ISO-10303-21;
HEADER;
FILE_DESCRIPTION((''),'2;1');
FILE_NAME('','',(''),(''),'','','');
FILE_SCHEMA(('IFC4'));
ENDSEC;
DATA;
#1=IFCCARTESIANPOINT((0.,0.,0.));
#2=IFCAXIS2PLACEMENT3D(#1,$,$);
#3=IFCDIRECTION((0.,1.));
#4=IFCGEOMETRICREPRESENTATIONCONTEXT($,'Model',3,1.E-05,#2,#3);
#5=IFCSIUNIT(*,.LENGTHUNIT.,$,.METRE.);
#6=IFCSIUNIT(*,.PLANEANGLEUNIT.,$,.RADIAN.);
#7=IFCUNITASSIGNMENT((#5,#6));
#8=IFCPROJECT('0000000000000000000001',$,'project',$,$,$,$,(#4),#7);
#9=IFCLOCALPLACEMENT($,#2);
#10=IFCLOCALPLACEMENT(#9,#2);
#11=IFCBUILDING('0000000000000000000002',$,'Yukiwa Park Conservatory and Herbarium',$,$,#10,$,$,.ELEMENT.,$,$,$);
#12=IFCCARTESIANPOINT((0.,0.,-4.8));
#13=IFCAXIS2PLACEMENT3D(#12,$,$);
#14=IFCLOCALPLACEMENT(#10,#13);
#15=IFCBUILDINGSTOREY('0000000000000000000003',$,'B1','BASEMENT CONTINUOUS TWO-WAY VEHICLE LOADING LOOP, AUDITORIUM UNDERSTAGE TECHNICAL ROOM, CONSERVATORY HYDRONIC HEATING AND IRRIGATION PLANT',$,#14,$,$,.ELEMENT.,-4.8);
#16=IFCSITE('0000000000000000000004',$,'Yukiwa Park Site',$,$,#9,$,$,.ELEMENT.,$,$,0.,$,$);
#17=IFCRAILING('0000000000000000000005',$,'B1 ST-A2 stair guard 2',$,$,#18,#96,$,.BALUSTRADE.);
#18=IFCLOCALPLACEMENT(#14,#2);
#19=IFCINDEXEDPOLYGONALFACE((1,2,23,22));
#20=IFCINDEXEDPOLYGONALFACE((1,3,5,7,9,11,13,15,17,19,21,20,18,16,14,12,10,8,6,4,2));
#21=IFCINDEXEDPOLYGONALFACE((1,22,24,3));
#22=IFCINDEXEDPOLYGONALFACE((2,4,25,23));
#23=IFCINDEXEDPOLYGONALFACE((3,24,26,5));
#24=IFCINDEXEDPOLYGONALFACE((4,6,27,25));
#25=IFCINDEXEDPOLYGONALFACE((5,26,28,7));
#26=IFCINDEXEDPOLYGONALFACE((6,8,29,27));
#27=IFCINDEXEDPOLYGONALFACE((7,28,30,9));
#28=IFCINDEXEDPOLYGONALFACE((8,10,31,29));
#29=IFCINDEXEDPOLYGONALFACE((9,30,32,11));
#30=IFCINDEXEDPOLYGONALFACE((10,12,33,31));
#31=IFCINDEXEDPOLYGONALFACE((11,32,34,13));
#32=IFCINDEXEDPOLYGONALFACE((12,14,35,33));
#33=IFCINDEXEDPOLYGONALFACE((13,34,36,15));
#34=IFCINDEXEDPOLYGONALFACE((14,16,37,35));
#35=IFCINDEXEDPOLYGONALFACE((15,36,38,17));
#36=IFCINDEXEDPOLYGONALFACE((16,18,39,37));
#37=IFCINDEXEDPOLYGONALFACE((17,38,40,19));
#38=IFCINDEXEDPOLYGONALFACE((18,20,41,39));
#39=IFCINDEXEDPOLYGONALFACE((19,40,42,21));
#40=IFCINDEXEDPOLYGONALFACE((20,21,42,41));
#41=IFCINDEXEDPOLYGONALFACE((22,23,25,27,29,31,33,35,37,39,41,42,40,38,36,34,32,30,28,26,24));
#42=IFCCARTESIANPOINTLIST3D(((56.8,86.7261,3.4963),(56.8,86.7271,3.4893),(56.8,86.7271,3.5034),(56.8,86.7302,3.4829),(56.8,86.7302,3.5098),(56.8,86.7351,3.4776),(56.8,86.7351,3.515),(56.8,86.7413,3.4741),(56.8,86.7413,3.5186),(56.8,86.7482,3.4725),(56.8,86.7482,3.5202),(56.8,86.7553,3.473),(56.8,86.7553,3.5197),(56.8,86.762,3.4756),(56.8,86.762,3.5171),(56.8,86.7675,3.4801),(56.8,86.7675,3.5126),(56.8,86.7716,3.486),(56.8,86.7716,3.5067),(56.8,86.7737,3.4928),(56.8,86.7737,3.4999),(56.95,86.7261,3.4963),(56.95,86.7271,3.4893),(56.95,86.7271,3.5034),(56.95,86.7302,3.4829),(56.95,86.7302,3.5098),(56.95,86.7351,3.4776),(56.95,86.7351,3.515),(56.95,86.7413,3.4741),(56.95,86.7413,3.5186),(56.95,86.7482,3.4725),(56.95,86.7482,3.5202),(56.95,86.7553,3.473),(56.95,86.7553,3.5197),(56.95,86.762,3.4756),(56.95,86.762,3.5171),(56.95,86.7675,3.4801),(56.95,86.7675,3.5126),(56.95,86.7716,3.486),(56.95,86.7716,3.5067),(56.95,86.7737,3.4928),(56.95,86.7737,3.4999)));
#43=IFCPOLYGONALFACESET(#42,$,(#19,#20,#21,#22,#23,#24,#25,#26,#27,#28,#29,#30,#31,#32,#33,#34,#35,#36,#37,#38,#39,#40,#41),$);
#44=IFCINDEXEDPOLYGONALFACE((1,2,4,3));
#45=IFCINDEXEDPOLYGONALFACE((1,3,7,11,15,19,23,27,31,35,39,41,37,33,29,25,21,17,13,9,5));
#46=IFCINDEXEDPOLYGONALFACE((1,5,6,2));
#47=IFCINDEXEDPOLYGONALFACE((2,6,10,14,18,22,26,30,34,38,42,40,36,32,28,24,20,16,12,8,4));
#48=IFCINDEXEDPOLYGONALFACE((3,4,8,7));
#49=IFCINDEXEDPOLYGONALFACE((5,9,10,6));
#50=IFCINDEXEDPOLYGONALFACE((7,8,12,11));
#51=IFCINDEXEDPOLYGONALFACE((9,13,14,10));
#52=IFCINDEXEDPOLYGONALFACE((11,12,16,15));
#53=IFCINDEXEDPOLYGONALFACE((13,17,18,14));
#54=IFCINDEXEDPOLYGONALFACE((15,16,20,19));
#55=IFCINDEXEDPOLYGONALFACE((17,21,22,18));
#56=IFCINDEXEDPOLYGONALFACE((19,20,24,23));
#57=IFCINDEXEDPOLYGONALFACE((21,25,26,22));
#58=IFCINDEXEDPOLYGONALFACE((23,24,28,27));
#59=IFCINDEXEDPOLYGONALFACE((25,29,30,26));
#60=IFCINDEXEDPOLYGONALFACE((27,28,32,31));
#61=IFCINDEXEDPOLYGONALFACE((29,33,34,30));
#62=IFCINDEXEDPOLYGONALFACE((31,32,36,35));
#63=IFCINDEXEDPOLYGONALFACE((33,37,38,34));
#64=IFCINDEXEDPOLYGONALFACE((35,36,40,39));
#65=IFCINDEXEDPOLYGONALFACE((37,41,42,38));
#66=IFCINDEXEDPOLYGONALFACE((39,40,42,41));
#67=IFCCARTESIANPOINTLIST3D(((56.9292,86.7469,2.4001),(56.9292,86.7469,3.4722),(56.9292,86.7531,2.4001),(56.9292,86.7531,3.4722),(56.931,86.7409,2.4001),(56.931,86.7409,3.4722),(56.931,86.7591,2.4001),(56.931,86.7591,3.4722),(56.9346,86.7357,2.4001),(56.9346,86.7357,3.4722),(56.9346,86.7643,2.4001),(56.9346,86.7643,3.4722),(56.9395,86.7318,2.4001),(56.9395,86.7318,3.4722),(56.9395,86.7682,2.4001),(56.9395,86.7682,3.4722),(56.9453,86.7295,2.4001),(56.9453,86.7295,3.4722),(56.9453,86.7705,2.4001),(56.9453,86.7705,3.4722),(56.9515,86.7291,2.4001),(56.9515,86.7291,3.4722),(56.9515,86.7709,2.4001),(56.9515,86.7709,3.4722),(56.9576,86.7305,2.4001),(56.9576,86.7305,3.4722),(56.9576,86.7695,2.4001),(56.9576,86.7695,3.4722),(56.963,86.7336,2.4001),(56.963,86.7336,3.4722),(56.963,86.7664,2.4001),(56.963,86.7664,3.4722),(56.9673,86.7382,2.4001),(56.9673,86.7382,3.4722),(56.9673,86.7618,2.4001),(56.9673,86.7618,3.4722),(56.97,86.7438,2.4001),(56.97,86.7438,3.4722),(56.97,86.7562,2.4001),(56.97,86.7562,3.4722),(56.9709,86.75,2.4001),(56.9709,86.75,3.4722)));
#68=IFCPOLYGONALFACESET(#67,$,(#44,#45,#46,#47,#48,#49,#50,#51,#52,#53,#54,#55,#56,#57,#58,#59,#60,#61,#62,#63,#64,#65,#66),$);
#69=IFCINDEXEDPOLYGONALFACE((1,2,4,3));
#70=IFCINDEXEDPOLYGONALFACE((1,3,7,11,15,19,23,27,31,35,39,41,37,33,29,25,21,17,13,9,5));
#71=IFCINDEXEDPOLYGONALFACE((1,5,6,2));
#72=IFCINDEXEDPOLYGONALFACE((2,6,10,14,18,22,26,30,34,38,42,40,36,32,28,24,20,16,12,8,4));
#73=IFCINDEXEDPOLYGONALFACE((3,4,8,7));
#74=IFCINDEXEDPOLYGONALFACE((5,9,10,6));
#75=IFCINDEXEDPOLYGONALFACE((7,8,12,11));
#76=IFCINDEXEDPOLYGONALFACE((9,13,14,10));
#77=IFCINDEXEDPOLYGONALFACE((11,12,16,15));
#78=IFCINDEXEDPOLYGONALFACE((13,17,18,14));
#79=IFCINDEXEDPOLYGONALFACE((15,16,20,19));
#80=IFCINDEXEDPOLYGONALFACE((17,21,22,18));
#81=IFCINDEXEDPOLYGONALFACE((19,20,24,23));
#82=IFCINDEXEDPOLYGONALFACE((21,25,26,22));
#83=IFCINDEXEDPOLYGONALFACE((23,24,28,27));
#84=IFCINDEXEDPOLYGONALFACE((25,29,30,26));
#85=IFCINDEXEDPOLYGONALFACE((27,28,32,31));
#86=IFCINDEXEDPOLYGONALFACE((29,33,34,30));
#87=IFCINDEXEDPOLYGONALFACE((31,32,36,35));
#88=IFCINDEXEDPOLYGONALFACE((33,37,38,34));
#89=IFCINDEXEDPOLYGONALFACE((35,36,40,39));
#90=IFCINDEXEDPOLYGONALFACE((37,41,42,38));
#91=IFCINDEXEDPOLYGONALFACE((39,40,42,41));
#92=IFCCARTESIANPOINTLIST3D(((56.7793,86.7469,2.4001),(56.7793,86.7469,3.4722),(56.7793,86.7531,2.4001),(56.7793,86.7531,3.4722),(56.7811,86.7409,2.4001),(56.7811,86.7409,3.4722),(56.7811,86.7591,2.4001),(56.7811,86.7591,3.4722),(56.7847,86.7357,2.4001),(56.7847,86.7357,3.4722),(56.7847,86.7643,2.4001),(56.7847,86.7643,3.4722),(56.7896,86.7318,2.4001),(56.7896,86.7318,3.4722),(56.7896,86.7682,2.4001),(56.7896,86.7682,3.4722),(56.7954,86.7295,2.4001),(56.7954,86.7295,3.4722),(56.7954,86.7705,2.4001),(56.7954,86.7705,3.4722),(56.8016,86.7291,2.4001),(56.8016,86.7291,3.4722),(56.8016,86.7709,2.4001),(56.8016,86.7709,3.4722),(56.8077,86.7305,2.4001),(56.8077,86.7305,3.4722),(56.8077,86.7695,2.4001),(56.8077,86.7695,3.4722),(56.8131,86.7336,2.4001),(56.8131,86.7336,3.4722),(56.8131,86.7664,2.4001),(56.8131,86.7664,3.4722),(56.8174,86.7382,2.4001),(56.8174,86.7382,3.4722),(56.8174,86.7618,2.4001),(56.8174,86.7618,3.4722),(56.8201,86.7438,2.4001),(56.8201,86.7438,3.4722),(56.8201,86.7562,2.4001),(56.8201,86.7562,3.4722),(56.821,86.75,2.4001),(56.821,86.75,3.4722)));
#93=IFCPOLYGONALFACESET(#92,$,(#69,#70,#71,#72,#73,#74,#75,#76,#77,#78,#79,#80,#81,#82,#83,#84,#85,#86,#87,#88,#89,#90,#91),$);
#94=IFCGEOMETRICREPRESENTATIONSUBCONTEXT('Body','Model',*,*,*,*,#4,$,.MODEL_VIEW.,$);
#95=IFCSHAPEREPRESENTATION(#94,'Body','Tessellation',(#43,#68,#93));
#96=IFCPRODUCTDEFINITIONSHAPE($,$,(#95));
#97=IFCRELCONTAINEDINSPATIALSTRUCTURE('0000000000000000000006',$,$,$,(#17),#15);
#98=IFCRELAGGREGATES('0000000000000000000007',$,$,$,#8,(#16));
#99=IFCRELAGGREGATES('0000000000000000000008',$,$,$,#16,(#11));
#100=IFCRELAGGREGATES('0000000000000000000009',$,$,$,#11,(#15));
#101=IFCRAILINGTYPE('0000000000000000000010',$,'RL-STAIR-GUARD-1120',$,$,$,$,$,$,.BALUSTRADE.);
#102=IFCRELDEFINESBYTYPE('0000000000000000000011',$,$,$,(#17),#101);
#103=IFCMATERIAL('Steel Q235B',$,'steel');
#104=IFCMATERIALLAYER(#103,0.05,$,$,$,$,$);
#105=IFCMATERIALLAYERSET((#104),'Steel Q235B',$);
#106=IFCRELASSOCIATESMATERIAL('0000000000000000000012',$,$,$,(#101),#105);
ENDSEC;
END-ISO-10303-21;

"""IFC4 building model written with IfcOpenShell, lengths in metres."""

from ifc_helpers import new_model, si_unit, direction, frame, origin, origin_2d, place, context, subcontext, project, spatial, circle, extrude, material, layer, layer_set, type_object, element, save


model = new_model("IFC4")

# Units and contexts
model_context = context("Model", 3, precision=1e-05, world=origin(), true_north=direction((0.0, 1.0)))
body_context = subcontext(model_context, "Body", "Model", "MODEL_VIEW")
ifc_project = project(units=[si_unit("LENGTHUNIT", "METRE"), si_unit("PLANEANGLEUNIT", "RADIAN")], contexts=[model_context])

# Site, building, storey
site_placement = place(None, origin())
site = spatial("IfcSite", under=ifc_project, at=site_placement, Name="Yukiwa Park Site", CompositionType="ELEMENT", RefElevation=0.0)
building_placement = place(site_placement, origin())
building = spatial("IfcBuilding", under=site, at=building_placement, Name="Yukiwa Park Conservatory and Herbarium", CompositionType="ELEMENT")
storey_placement = place(building_placement, frame((0.0, 0.0, -4.8)))
storey = spatial("IfcBuildingStorey", under=building, at=storey_placement, Name="B1", Description="BASEMENT CONTINUOUS TWO-WAY VEHICLE LOADING LOOP, AUDITORIUM UNDERSTAGE TECHNICAL ROOM, CONSERVATORY HYDRONIC HEATING AND IRRIGATION PLANT", CompositionType="ELEMENT", Elevation=-4.8)

# Railing
ifc_material_1 = material(Name="Steel Q235B", Category="steel")
ifc_layer_1 = layer(ifc_material_1, 0.05)
ifc_layer_set_1 = layer_set([ifc_layer_1], Name="Steel Q235B")
railing_type = type_object("IfcRailingType", Name="RL-STAIR-GUARD-1120", PredefinedType="BALUSTRADE", material=ifc_layer_set_1)
railing_placement = place(storey_placement, frame((56.95, 86.75, 2.4001)))
element("IfcRailing", 1, at=railing_placement, inside=storey, type_object=railing_type, Name="B1 ST-A2 stair guard 2", PredefinedType="BALUSTRADE", context=body_context, shape_type="SweptSolid", body=[
    extrude(circle(Radius=0.0239, at=origin_2d()), frame((0.0, 0.0, 1.0962), z_axis=(-1.0, 0.0, 0.0), x_axis=(0.0, -1.0, 0.0)), (0.0, 0.0, 1.0), 0.1499),
    extrude(circle(Radius=0.021, at=origin_2d()), origin(), (0.0, 0.0, 1.0), 1.072),
    extrude(circle(Radius=0.021, at=origin_2d()), frame((-0.1499, 0.0, 0.0)), (0.0, 0.0, 1.0), 1.072),
])

save(model, "model.ifc")
